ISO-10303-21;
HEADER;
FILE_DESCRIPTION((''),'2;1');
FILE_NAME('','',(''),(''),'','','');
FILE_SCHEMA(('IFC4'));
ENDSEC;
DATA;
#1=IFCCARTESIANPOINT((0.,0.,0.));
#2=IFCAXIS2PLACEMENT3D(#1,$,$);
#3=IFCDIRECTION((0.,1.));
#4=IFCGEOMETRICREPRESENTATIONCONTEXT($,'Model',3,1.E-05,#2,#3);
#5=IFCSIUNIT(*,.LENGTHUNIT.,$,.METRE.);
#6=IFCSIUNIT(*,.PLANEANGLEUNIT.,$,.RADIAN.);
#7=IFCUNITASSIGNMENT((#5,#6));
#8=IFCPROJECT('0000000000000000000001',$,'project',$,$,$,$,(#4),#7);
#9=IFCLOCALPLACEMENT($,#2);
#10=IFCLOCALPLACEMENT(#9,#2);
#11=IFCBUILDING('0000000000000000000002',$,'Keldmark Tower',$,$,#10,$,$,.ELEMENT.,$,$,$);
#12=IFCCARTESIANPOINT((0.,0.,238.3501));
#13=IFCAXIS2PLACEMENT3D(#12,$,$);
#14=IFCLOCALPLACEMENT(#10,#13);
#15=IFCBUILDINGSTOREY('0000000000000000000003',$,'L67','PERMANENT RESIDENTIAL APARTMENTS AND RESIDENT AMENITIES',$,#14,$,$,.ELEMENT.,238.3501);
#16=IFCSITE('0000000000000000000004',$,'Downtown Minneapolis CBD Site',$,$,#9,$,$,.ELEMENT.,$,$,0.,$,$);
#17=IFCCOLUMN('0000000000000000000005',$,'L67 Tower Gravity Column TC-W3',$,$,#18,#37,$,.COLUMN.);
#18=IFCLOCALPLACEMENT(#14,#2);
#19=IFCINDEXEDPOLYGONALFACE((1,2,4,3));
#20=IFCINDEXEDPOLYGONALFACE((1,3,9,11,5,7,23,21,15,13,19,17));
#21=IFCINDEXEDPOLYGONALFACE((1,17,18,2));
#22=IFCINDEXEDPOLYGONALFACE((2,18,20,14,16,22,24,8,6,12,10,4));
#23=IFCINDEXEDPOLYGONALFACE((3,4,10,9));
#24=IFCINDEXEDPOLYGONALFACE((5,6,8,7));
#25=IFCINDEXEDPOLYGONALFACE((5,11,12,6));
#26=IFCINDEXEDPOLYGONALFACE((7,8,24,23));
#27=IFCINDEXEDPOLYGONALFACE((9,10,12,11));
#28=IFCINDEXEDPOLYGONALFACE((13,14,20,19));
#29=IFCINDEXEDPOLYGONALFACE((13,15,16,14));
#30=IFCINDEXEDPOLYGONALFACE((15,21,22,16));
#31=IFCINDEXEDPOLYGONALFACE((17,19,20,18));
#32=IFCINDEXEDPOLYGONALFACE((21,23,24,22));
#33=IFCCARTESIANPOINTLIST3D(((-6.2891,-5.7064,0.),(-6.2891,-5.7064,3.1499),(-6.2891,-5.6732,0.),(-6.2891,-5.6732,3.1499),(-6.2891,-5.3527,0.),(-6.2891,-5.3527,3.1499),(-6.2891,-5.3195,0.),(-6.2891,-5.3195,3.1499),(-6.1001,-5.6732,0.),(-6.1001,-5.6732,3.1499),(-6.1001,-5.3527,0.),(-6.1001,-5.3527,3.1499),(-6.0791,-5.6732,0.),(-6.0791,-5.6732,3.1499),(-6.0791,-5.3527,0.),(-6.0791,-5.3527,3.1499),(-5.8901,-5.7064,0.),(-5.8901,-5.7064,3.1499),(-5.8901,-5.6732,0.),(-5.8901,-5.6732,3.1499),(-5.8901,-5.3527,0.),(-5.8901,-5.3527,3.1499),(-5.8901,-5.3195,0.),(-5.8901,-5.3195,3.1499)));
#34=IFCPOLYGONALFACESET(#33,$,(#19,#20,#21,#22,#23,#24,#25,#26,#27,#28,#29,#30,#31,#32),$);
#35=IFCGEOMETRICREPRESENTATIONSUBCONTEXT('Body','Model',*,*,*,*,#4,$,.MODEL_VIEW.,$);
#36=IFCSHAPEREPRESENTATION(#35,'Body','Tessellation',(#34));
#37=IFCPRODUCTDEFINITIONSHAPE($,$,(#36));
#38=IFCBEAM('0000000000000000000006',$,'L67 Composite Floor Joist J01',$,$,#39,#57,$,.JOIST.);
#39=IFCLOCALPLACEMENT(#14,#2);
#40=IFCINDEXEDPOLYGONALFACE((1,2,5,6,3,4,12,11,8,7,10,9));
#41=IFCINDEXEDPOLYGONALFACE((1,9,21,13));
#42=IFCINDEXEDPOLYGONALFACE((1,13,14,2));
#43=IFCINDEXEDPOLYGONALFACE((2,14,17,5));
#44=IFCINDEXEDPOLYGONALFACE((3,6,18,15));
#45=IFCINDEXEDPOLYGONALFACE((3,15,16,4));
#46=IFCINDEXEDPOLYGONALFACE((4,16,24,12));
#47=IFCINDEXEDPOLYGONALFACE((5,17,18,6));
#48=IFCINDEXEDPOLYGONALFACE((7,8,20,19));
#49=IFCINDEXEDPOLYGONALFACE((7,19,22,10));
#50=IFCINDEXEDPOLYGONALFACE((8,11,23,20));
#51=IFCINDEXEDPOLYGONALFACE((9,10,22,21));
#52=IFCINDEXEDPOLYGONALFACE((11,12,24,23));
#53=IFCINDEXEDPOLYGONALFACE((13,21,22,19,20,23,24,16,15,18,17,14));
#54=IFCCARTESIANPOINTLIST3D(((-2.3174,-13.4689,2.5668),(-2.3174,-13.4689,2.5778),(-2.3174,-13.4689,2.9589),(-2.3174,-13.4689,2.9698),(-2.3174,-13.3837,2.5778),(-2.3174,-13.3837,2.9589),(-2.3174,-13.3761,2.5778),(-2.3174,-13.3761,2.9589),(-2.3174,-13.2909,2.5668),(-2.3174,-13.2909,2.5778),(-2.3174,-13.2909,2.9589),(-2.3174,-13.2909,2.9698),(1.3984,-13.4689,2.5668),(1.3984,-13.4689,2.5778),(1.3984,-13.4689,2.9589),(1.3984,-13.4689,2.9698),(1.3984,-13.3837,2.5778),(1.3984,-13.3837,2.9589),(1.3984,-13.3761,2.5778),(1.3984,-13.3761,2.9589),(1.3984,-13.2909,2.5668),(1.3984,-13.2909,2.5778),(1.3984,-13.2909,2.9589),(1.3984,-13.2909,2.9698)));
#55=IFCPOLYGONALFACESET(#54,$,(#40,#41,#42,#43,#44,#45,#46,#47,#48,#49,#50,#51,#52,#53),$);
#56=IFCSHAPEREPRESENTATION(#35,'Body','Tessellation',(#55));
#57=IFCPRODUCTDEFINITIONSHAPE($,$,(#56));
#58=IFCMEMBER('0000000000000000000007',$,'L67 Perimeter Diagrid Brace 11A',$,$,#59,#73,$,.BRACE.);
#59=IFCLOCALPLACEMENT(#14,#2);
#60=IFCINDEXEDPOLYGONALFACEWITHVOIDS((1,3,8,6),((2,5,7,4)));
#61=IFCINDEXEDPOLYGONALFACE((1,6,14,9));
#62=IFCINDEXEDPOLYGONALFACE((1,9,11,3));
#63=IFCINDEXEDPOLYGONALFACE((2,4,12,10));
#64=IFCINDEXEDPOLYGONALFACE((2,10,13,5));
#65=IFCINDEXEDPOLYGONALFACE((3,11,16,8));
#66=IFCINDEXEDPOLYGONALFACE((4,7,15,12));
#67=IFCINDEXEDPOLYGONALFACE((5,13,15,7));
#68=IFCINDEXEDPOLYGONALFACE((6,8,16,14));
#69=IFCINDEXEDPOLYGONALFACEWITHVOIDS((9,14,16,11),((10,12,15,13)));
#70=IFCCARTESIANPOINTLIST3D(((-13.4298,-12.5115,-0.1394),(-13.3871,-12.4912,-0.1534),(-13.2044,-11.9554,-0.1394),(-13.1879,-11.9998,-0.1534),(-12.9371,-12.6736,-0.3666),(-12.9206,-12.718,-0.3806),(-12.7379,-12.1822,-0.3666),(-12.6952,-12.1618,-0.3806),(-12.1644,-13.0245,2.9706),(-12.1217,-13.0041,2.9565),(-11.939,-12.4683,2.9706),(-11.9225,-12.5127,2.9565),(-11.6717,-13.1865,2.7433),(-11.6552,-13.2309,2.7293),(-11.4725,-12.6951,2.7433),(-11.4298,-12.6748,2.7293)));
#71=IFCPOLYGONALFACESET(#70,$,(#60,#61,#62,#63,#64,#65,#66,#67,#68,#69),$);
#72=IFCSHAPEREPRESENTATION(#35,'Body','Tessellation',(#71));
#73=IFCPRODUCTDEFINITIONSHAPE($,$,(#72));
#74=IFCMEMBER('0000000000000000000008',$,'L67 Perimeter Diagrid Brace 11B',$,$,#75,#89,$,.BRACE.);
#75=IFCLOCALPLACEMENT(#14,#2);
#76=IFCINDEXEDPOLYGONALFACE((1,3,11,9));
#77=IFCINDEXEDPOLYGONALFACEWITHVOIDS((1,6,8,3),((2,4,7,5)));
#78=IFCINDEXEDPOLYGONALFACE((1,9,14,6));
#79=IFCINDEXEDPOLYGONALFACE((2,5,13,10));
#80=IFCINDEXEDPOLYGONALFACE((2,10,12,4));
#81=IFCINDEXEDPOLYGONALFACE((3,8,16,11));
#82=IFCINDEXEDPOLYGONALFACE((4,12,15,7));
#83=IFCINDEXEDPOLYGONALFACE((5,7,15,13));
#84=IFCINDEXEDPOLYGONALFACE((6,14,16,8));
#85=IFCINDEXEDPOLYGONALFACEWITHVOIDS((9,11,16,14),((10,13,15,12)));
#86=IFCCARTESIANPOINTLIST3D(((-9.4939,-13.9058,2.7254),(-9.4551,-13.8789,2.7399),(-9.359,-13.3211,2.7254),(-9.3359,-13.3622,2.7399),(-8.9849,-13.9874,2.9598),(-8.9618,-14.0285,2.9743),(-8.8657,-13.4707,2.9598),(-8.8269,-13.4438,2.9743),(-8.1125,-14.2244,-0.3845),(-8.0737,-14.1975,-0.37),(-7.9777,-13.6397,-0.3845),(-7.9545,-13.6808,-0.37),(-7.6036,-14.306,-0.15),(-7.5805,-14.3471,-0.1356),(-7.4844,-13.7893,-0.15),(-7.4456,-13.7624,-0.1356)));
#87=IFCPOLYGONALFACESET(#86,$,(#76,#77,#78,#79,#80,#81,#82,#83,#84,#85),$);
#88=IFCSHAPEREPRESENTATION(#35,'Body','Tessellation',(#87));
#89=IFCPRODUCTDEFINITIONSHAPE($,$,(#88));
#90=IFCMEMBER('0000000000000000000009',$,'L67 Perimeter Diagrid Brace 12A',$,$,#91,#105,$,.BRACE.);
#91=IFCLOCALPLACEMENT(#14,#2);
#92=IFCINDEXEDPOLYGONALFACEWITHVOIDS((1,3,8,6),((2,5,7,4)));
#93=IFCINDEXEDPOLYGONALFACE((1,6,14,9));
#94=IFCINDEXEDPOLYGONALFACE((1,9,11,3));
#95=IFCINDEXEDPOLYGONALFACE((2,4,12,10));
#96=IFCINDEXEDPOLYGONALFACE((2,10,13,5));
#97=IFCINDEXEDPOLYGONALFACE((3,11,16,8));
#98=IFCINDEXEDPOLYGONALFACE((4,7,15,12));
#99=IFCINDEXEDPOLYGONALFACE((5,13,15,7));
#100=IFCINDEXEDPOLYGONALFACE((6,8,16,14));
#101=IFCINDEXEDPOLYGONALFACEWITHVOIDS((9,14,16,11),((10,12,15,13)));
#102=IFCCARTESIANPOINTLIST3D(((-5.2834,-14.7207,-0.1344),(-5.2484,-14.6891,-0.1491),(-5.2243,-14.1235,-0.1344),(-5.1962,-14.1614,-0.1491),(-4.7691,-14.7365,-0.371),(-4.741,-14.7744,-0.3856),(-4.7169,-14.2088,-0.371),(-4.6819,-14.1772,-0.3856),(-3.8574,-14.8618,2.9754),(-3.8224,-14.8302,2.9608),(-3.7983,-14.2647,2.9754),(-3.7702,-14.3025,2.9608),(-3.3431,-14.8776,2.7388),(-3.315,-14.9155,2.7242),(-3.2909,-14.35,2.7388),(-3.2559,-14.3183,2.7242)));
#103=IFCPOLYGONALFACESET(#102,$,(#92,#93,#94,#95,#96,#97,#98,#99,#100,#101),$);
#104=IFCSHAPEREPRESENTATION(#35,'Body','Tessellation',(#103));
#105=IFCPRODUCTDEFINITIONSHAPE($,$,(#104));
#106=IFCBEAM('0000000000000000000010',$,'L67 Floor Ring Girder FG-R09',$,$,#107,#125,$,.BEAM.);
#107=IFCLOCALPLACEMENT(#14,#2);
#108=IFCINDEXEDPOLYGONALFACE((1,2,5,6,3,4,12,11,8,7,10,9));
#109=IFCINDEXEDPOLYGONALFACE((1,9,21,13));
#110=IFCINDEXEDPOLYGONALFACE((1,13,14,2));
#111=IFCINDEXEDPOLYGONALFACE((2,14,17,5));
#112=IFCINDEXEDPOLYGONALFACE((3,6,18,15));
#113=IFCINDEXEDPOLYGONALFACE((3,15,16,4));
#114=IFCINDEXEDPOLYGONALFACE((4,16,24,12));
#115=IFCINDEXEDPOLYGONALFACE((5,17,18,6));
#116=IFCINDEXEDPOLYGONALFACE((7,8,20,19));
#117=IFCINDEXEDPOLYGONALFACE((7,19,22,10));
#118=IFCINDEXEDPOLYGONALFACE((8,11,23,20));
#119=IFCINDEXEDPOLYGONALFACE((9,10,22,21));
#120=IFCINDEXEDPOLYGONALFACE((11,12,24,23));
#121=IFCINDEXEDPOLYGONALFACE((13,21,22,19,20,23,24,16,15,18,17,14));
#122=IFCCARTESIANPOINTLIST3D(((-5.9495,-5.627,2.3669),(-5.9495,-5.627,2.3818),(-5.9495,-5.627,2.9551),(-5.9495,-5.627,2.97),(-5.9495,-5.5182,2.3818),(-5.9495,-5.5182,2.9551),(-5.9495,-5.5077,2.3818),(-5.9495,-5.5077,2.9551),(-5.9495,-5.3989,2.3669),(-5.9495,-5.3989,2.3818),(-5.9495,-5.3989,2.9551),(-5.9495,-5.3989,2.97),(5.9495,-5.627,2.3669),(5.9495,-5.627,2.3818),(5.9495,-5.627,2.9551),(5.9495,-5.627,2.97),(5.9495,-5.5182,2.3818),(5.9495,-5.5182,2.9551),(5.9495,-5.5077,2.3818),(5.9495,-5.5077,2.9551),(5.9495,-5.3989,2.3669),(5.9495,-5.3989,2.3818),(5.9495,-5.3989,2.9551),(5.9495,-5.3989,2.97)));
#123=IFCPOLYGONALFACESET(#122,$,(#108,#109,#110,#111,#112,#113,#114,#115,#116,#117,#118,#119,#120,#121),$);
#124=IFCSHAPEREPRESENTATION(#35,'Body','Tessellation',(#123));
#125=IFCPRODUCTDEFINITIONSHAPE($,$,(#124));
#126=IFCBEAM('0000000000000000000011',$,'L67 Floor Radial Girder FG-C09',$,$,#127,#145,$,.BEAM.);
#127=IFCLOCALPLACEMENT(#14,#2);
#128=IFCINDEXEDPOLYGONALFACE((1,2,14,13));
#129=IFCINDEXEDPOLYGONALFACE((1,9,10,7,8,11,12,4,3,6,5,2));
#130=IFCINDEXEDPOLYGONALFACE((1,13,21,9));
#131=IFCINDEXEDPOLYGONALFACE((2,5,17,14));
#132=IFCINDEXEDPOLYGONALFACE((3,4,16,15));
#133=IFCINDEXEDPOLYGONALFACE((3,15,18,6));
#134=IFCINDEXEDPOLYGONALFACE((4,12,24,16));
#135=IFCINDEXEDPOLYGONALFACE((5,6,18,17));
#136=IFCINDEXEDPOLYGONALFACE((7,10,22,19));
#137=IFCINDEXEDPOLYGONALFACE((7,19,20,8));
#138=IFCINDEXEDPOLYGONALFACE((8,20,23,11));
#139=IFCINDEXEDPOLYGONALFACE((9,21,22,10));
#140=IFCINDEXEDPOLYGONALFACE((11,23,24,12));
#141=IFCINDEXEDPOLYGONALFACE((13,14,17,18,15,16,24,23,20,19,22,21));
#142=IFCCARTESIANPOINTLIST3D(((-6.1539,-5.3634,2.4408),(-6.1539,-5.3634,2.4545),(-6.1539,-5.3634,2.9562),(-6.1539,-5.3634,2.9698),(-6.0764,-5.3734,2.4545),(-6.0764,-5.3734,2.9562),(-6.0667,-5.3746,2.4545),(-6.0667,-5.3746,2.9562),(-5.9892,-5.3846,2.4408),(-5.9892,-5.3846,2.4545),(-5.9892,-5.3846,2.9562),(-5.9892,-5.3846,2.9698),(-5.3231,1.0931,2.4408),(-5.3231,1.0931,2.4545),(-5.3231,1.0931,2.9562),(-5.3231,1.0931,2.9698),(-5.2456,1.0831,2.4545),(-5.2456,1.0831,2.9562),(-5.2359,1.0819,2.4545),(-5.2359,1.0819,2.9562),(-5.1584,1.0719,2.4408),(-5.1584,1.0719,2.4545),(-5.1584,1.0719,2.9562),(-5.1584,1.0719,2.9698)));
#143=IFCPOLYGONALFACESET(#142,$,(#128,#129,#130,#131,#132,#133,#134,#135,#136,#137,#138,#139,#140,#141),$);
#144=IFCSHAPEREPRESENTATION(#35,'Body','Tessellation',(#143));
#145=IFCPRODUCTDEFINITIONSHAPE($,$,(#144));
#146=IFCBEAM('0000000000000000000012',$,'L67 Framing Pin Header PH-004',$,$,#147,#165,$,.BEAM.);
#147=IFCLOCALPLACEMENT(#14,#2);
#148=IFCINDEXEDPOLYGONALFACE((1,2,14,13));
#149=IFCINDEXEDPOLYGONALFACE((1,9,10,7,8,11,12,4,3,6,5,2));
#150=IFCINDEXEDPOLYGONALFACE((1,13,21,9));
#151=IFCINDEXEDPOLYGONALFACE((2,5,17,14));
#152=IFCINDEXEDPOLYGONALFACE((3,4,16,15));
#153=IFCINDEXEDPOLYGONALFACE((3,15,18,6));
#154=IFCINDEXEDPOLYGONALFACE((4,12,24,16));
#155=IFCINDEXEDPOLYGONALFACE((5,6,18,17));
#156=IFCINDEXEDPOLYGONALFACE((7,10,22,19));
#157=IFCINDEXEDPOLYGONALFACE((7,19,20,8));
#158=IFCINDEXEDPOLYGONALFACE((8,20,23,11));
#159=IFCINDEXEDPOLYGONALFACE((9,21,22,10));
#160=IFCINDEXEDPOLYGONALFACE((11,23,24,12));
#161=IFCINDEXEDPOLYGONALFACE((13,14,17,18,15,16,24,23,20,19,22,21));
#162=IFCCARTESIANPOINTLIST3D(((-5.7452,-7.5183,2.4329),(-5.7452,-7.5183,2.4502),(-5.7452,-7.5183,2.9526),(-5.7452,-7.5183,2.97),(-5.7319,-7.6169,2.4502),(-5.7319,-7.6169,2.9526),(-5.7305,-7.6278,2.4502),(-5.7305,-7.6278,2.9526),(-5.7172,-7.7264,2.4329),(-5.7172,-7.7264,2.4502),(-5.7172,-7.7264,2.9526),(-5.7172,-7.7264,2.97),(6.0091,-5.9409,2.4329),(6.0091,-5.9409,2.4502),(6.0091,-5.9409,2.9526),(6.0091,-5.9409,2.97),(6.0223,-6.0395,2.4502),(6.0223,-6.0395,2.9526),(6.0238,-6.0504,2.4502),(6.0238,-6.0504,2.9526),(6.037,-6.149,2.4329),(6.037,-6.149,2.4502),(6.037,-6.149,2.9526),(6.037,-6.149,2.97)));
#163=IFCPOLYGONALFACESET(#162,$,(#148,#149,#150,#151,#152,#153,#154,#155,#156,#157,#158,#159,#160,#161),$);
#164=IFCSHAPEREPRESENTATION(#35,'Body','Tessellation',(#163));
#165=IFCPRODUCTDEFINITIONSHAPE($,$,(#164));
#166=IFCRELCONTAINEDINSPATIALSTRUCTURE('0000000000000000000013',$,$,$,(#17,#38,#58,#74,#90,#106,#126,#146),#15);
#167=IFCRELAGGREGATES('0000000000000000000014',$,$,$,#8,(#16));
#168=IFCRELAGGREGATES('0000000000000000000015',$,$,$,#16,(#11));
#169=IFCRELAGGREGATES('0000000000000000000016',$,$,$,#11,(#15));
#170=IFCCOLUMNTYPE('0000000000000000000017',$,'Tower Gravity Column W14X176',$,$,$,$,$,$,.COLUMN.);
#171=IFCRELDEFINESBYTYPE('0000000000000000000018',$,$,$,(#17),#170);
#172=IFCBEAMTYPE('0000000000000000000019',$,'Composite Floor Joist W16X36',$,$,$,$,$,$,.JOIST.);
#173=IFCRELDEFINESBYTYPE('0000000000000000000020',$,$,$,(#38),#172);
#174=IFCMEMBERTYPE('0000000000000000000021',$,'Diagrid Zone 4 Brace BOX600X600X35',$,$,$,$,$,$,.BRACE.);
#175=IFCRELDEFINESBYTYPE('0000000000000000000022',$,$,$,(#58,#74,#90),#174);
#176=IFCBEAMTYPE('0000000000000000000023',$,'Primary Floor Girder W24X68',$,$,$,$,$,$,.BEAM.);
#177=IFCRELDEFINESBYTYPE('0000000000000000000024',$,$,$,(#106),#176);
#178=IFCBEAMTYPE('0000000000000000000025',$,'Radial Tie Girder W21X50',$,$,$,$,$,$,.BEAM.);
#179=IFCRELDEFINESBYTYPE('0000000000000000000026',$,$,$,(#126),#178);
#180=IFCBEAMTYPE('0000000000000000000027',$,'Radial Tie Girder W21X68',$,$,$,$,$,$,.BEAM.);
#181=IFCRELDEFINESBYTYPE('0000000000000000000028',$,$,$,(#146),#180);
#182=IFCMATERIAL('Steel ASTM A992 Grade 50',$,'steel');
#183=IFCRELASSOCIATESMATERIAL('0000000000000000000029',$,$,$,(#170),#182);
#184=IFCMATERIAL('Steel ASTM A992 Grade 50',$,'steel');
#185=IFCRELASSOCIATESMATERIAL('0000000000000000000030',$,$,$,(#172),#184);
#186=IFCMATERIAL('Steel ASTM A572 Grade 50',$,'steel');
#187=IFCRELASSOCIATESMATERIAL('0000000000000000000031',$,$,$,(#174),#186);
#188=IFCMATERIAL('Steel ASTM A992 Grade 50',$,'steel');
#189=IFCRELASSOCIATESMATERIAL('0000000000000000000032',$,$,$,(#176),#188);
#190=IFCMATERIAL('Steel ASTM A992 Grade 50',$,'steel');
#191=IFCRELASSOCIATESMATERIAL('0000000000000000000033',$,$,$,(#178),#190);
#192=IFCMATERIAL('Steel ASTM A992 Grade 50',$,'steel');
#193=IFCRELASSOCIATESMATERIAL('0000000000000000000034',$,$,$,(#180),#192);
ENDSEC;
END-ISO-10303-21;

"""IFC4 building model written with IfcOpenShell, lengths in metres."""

from ifc_helpers import new_model, si_unit, direction, frame, origin, origin_2d, place, context, subcontext, project, spatial, hollow_rectangle, i_section, extrude, material, material_profile, profile_set, type_object, element, save


model = new_model("IFC4")

# Units and contexts
model_context = context("Model", 3, precision=1e-05, world=origin(), true_north=direction((0.0, 1.0)))
body_context = subcontext(model_context, "Body", "Model", "MODEL_VIEW")
ifc_project = project(units=[si_unit("LENGTHUNIT", "METRE"), si_unit("PLANEANGLEUNIT", "RADIAN")], contexts=[model_context])

# Site, building, storey
site_placement = place(None, origin())
site = spatial("IfcSite", under=ifc_project, at=site_placement, Name="Downtown Minneapolis CBD Site", CompositionType="ELEMENT", RefElevation=0.0)
building_placement = place(site_placement, origin())
building = spatial("IfcBuilding", under=site, at=building_placement, Name="Keldmark Tower", CompositionType="ELEMENT")
storey_placement = place(building_placement, frame((0.0, 0.0, 238.3501)))
storey = spatial("IfcBuildingStorey", under=building, at=storey_placement, Name="L67", Description="PERMANENT RESIDENTIAL APARTMENTS AND RESIDENT AMENITIES", CompositionType="ELEMENT", Elevation=238.3501)

# Column
ifc_material_1 = material(Name="Steel ASTM A992 Grade 50", Category="steel")
ifc_material_profile_1 = material_profile(ifc_material_1, i_section(OverallWidth=0.3989, OverallDepth=0.387, WebThickness=0.021, FlangeThickness=0.0332, at=origin_2d()), Name="W14X176")
ifc_profile_set_1 = profile_set([ifc_material_profile_1], Name="Steel ASTM A992 Grade 50")
column_type = type_object("IfcColumnType", Name="Tower Gravity Column W14X176", PredefinedType="COLUMN", material=ifc_profile_set_1)
column_placement = place(storey_placement, frame((-6.0896, -5.5129, 0.0), z_axis=(0.0, 0.0, 1.0), x_axis=(1.0, 0.0, 0.0)))
element("IfcColumn", 1, at=column_placement, inside=storey, type_object=column_type, Name="L67 Tower Gravity Column TC-W3", PredefinedType="COLUMN", context=body_context, shape_type="SweptSolid", body=[
    extrude(i_section(OverallWidth=0.3989, OverallDepth=0.387, WebThickness=0.021, FlangeThickness=0.0332, at=origin_2d()), origin(), (0.0, 0.0, 1.0), 3.1499),
])

# Beam
ifc_material_2 = material(Name="Steel ASTM A992 Grade 50", Category="steel")
ifc_material_profile_2 = material_profile(ifc_material_2, i_section(OverallWidth=0.178, OverallDepth=0.4031, WebThickness=0.0076, FlangeThickness=0.011, at=origin_2d()), Name="W16X36")
ifc_profile_set_2 = profile_set([ifc_material_profile_2], Name="Steel ASTM A992 Grade 50")
beam_type_1 = type_object("IfcBeamType", Name="Composite Floor Joist W16X36", PredefinedType="JOIST", material=ifc_profile_set_2)
beam_1_placement = place(storey_placement, frame((-2.3174, -13.3799, 2.7683), z_axis=(1.0, 0.0, 0.0), x_axis=(0.0, 1.0, 0.0)))
element("IfcBeam", 2, at=beam_1_placement, inside=storey, type_object=beam_type_1, Name="L67 Composite Floor Joist J01", PredefinedType="JOIST", context=body_context, shape_type="SweptSolid", body=[
    extrude(i_section(OverallWidth=0.178, OverallDepth=0.4031, WebThickness=0.0076, FlangeThickness=0.011, at=origin_2d()), origin(), (0.0, 0.0, 1.0), 3.7158),
])

# Members
ifc_material_3 = material(Name="Steel ASTM A572 Grade 50", Category="steel")
ifc_material_profile_3 = material_profile(ifc_material_3, hollow_rectangle(XDim=0.6001, YDim=0.6001, WallThickness=0.0349, at=origin_2d()), Name="BOX600X600X35")
ifc_profile_set_3 = profile_set([ifc_material_profile_3], Name="Steel ASTM A572 Grade 50")
member_type = type_object("IfcMemberType", Name="Diagrid Zone 4 Brace BOX600X600X35", PredefinedType="BRACE", material=ifc_profile_set_3)
member_1_placement = place(storey_placement, frame((-13.0625, -12.3367, -0.26), z_axis=(0.372565, -0.151024, 0.915635), x_axis=(0.375672, 0.926753, 0.0)))
element("IfcMember", 3, at=member_1_placement, inside=storey, type_object=member_type, Name="L67 Perimeter Diagrid Brace 11A", PredefinedType="BRACE", context=body_context, shape_type="SweptSolid", body=[
    extrude(hollow_rectangle(XDim=0.6001, YDim=0.6001, WallThickness=0.0349, at=origin_2d()), origin(), (0.0, 0.0, 1.0), 3.3965),
])
member_2_placement = place(storey_placement, frame((-7.7791, -13.9934, -0.26), z_axis=(-0.404171, 0.093221, 0.909921), x_axis=(-0.224746, -0.974417, 0.0)))
element("IfcMember", 4, at=member_2_placement, inside=storey, type_object=member_type, Name="L67 Perimeter Diagrid Brace 11B", PredefinedType="BRACE", context=body_context, shape_type="SweptSolid", body=[
    extrude(hollow_rectangle(XDim=0.6001, YDim=0.6001, WallThickness=0.0349, at=origin_2d()), origin(), (0.0, 0.0, 1.0), 3.4177),
])
member_3_placement = place(storey_placement, frame((-4.9827, -14.449, -0.26), z_axis=(0.416463, -0.041211, 0.908218), x_axis=(0.098475, 0.99514, 0.0)))
element("IfcMember", 5, at=member_3_placement, inside=storey, type_object=member_type, Name="L67 Perimeter Diagrid Brace 12A", PredefinedType="BRACE", context=body_context, shape_type="SweptSolid", body=[
    extrude(hollow_rectangle(XDim=0.6001, YDim=0.6001, WallThickness=0.0349, at=origin_2d()), origin(), (0.0, 0.0, 1.0), 3.4241),
])

# Beams
ifc_material_4 = material(Name="Steel ASTM A992 Grade 50", Category="steel")
ifc_material_profile_4 = material_profile(ifc_material_4, i_section(OverallWidth=0.228, OverallDepth=0.603, WebThickness=0.0105, FlangeThickness=0.0149, at=origin_2d()), Name="W24X68")
ifc_profile_set_4 = profile_set([ifc_material_profile_4], Name="Steel ASTM A992 Grade 50")
beam_type_2 = type_object("IfcBeamType", Name="Primary Floor Girder W24X68", PredefinedType="BEAM", material=ifc_profile_set_4)
beam_2_placement = place(storey_placement, frame((-5.9495, -5.5129, 2.6685), z_axis=(1.0, 0.0, 0.0), x_axis=(0.0, 1.0, 0.0)))
element("IfcBeam", 6, at=beam_2_placement, inside=storey, type_object=beam_type_2, Name="L67 Floor Ring Girder FG-R09", PredefinedType="BEAM", context=body_context, shape_type="SweptSolid", body=[
    extrude(i_section(OverallWidth=0.228, OverallDepth=0.603, WebThickness=0.0105, FlangeThickness=0.0149, at=origin_2d()), origin(), (0.0, 0.0, 1.0), 11.8989),
])
ifc_material_5 = material(Name="Steel ASTM A992 Grade 50", Category="steel")
ifc_material_profile_5 = material_profile(ifc_material_5, i_section(OverallWidth=0.166, OverallDepth=0.5291, WebThickness=0.0098, FlangeThickness=0.0137, at=origin_2d()), Name="W21X50")
ifc_profile_set_5 = profile_set([ifc_material_profile_5], Name="Steel ASTM A992 Grade 50")
beam_type_3 = type_object("IfcBeamType", Name="Radial Tie Girder W21X50", PredefinedType="BEAM", material=ifc_profile_set_5)
beam_3_placement = place(storey_placement, frame((-6.0715, -5.374, 2.7053), z_axis=(0.127625, 0.991822, 0.0), x_axis=(-0.991822, 0.127625, 0.0)))
element("IfcBeam", 7, at=beam_3_placement, inside=storey, type_object=beam_type_3, Name="L67 Floor Radial Girder FG-C09", PredefinedType="BEAM", context=body_context, shape_type="SweptSolid", body=[
    extrude(i_section(OverallWidth=0.166, OverallDepth=0.5291, WebThickness=0.0098, FlangeThickness=0.0137, at=origin_2d()), origin(), (0.0, 0.0, 1.0), 6.5098),
])
ifc_material_6 = material(Name="Steel ASTM A992 Grade 50", Category="steel")
ifc_material_profile_6 = material_profile(ifc_material_6, i_section(OverallWidth=0.21, OverallDepth=0.5371, WebThickness=0.011, FlangeThickness=0.0173, at=origin_2d()), Name="W21X68")
ifc_profile_set_6 = profile_set([ifc_material_profile_6], Name="Steel ASTM A992 Grade 50")
beam_type_4 = type_object("IfcBeamType", Name="Radial Tie Girder W21X68", PredefinedType="BEAM", material=ifc_profile_set_6)
beam_4_placement = place(storey_placement, frame((-5.7312, -7.6223, 2.7014), z_axis=(0.991115, 0.133006, 0.0), x_axis=(-0.133006, 0.991115, 0.0)))
element("IfcBeam", 8, at=beam_4_placement, inside=storey, type_object=beam_type_4, Name="L67 Framing Pin Header PH-004", PredefinedType="BEAM", context=body_context, shape_type="SweptSolid", body=[
    extrude(i_section(OverallWidth=0.21, OverallDepth=0.5371, WebThickness=0.011, FlangeThickness=0.0173, at=origin_2d()), origin(), (0.0, 0.0, 1.0), 11.8596),
])

save(model, "model.ifc")
